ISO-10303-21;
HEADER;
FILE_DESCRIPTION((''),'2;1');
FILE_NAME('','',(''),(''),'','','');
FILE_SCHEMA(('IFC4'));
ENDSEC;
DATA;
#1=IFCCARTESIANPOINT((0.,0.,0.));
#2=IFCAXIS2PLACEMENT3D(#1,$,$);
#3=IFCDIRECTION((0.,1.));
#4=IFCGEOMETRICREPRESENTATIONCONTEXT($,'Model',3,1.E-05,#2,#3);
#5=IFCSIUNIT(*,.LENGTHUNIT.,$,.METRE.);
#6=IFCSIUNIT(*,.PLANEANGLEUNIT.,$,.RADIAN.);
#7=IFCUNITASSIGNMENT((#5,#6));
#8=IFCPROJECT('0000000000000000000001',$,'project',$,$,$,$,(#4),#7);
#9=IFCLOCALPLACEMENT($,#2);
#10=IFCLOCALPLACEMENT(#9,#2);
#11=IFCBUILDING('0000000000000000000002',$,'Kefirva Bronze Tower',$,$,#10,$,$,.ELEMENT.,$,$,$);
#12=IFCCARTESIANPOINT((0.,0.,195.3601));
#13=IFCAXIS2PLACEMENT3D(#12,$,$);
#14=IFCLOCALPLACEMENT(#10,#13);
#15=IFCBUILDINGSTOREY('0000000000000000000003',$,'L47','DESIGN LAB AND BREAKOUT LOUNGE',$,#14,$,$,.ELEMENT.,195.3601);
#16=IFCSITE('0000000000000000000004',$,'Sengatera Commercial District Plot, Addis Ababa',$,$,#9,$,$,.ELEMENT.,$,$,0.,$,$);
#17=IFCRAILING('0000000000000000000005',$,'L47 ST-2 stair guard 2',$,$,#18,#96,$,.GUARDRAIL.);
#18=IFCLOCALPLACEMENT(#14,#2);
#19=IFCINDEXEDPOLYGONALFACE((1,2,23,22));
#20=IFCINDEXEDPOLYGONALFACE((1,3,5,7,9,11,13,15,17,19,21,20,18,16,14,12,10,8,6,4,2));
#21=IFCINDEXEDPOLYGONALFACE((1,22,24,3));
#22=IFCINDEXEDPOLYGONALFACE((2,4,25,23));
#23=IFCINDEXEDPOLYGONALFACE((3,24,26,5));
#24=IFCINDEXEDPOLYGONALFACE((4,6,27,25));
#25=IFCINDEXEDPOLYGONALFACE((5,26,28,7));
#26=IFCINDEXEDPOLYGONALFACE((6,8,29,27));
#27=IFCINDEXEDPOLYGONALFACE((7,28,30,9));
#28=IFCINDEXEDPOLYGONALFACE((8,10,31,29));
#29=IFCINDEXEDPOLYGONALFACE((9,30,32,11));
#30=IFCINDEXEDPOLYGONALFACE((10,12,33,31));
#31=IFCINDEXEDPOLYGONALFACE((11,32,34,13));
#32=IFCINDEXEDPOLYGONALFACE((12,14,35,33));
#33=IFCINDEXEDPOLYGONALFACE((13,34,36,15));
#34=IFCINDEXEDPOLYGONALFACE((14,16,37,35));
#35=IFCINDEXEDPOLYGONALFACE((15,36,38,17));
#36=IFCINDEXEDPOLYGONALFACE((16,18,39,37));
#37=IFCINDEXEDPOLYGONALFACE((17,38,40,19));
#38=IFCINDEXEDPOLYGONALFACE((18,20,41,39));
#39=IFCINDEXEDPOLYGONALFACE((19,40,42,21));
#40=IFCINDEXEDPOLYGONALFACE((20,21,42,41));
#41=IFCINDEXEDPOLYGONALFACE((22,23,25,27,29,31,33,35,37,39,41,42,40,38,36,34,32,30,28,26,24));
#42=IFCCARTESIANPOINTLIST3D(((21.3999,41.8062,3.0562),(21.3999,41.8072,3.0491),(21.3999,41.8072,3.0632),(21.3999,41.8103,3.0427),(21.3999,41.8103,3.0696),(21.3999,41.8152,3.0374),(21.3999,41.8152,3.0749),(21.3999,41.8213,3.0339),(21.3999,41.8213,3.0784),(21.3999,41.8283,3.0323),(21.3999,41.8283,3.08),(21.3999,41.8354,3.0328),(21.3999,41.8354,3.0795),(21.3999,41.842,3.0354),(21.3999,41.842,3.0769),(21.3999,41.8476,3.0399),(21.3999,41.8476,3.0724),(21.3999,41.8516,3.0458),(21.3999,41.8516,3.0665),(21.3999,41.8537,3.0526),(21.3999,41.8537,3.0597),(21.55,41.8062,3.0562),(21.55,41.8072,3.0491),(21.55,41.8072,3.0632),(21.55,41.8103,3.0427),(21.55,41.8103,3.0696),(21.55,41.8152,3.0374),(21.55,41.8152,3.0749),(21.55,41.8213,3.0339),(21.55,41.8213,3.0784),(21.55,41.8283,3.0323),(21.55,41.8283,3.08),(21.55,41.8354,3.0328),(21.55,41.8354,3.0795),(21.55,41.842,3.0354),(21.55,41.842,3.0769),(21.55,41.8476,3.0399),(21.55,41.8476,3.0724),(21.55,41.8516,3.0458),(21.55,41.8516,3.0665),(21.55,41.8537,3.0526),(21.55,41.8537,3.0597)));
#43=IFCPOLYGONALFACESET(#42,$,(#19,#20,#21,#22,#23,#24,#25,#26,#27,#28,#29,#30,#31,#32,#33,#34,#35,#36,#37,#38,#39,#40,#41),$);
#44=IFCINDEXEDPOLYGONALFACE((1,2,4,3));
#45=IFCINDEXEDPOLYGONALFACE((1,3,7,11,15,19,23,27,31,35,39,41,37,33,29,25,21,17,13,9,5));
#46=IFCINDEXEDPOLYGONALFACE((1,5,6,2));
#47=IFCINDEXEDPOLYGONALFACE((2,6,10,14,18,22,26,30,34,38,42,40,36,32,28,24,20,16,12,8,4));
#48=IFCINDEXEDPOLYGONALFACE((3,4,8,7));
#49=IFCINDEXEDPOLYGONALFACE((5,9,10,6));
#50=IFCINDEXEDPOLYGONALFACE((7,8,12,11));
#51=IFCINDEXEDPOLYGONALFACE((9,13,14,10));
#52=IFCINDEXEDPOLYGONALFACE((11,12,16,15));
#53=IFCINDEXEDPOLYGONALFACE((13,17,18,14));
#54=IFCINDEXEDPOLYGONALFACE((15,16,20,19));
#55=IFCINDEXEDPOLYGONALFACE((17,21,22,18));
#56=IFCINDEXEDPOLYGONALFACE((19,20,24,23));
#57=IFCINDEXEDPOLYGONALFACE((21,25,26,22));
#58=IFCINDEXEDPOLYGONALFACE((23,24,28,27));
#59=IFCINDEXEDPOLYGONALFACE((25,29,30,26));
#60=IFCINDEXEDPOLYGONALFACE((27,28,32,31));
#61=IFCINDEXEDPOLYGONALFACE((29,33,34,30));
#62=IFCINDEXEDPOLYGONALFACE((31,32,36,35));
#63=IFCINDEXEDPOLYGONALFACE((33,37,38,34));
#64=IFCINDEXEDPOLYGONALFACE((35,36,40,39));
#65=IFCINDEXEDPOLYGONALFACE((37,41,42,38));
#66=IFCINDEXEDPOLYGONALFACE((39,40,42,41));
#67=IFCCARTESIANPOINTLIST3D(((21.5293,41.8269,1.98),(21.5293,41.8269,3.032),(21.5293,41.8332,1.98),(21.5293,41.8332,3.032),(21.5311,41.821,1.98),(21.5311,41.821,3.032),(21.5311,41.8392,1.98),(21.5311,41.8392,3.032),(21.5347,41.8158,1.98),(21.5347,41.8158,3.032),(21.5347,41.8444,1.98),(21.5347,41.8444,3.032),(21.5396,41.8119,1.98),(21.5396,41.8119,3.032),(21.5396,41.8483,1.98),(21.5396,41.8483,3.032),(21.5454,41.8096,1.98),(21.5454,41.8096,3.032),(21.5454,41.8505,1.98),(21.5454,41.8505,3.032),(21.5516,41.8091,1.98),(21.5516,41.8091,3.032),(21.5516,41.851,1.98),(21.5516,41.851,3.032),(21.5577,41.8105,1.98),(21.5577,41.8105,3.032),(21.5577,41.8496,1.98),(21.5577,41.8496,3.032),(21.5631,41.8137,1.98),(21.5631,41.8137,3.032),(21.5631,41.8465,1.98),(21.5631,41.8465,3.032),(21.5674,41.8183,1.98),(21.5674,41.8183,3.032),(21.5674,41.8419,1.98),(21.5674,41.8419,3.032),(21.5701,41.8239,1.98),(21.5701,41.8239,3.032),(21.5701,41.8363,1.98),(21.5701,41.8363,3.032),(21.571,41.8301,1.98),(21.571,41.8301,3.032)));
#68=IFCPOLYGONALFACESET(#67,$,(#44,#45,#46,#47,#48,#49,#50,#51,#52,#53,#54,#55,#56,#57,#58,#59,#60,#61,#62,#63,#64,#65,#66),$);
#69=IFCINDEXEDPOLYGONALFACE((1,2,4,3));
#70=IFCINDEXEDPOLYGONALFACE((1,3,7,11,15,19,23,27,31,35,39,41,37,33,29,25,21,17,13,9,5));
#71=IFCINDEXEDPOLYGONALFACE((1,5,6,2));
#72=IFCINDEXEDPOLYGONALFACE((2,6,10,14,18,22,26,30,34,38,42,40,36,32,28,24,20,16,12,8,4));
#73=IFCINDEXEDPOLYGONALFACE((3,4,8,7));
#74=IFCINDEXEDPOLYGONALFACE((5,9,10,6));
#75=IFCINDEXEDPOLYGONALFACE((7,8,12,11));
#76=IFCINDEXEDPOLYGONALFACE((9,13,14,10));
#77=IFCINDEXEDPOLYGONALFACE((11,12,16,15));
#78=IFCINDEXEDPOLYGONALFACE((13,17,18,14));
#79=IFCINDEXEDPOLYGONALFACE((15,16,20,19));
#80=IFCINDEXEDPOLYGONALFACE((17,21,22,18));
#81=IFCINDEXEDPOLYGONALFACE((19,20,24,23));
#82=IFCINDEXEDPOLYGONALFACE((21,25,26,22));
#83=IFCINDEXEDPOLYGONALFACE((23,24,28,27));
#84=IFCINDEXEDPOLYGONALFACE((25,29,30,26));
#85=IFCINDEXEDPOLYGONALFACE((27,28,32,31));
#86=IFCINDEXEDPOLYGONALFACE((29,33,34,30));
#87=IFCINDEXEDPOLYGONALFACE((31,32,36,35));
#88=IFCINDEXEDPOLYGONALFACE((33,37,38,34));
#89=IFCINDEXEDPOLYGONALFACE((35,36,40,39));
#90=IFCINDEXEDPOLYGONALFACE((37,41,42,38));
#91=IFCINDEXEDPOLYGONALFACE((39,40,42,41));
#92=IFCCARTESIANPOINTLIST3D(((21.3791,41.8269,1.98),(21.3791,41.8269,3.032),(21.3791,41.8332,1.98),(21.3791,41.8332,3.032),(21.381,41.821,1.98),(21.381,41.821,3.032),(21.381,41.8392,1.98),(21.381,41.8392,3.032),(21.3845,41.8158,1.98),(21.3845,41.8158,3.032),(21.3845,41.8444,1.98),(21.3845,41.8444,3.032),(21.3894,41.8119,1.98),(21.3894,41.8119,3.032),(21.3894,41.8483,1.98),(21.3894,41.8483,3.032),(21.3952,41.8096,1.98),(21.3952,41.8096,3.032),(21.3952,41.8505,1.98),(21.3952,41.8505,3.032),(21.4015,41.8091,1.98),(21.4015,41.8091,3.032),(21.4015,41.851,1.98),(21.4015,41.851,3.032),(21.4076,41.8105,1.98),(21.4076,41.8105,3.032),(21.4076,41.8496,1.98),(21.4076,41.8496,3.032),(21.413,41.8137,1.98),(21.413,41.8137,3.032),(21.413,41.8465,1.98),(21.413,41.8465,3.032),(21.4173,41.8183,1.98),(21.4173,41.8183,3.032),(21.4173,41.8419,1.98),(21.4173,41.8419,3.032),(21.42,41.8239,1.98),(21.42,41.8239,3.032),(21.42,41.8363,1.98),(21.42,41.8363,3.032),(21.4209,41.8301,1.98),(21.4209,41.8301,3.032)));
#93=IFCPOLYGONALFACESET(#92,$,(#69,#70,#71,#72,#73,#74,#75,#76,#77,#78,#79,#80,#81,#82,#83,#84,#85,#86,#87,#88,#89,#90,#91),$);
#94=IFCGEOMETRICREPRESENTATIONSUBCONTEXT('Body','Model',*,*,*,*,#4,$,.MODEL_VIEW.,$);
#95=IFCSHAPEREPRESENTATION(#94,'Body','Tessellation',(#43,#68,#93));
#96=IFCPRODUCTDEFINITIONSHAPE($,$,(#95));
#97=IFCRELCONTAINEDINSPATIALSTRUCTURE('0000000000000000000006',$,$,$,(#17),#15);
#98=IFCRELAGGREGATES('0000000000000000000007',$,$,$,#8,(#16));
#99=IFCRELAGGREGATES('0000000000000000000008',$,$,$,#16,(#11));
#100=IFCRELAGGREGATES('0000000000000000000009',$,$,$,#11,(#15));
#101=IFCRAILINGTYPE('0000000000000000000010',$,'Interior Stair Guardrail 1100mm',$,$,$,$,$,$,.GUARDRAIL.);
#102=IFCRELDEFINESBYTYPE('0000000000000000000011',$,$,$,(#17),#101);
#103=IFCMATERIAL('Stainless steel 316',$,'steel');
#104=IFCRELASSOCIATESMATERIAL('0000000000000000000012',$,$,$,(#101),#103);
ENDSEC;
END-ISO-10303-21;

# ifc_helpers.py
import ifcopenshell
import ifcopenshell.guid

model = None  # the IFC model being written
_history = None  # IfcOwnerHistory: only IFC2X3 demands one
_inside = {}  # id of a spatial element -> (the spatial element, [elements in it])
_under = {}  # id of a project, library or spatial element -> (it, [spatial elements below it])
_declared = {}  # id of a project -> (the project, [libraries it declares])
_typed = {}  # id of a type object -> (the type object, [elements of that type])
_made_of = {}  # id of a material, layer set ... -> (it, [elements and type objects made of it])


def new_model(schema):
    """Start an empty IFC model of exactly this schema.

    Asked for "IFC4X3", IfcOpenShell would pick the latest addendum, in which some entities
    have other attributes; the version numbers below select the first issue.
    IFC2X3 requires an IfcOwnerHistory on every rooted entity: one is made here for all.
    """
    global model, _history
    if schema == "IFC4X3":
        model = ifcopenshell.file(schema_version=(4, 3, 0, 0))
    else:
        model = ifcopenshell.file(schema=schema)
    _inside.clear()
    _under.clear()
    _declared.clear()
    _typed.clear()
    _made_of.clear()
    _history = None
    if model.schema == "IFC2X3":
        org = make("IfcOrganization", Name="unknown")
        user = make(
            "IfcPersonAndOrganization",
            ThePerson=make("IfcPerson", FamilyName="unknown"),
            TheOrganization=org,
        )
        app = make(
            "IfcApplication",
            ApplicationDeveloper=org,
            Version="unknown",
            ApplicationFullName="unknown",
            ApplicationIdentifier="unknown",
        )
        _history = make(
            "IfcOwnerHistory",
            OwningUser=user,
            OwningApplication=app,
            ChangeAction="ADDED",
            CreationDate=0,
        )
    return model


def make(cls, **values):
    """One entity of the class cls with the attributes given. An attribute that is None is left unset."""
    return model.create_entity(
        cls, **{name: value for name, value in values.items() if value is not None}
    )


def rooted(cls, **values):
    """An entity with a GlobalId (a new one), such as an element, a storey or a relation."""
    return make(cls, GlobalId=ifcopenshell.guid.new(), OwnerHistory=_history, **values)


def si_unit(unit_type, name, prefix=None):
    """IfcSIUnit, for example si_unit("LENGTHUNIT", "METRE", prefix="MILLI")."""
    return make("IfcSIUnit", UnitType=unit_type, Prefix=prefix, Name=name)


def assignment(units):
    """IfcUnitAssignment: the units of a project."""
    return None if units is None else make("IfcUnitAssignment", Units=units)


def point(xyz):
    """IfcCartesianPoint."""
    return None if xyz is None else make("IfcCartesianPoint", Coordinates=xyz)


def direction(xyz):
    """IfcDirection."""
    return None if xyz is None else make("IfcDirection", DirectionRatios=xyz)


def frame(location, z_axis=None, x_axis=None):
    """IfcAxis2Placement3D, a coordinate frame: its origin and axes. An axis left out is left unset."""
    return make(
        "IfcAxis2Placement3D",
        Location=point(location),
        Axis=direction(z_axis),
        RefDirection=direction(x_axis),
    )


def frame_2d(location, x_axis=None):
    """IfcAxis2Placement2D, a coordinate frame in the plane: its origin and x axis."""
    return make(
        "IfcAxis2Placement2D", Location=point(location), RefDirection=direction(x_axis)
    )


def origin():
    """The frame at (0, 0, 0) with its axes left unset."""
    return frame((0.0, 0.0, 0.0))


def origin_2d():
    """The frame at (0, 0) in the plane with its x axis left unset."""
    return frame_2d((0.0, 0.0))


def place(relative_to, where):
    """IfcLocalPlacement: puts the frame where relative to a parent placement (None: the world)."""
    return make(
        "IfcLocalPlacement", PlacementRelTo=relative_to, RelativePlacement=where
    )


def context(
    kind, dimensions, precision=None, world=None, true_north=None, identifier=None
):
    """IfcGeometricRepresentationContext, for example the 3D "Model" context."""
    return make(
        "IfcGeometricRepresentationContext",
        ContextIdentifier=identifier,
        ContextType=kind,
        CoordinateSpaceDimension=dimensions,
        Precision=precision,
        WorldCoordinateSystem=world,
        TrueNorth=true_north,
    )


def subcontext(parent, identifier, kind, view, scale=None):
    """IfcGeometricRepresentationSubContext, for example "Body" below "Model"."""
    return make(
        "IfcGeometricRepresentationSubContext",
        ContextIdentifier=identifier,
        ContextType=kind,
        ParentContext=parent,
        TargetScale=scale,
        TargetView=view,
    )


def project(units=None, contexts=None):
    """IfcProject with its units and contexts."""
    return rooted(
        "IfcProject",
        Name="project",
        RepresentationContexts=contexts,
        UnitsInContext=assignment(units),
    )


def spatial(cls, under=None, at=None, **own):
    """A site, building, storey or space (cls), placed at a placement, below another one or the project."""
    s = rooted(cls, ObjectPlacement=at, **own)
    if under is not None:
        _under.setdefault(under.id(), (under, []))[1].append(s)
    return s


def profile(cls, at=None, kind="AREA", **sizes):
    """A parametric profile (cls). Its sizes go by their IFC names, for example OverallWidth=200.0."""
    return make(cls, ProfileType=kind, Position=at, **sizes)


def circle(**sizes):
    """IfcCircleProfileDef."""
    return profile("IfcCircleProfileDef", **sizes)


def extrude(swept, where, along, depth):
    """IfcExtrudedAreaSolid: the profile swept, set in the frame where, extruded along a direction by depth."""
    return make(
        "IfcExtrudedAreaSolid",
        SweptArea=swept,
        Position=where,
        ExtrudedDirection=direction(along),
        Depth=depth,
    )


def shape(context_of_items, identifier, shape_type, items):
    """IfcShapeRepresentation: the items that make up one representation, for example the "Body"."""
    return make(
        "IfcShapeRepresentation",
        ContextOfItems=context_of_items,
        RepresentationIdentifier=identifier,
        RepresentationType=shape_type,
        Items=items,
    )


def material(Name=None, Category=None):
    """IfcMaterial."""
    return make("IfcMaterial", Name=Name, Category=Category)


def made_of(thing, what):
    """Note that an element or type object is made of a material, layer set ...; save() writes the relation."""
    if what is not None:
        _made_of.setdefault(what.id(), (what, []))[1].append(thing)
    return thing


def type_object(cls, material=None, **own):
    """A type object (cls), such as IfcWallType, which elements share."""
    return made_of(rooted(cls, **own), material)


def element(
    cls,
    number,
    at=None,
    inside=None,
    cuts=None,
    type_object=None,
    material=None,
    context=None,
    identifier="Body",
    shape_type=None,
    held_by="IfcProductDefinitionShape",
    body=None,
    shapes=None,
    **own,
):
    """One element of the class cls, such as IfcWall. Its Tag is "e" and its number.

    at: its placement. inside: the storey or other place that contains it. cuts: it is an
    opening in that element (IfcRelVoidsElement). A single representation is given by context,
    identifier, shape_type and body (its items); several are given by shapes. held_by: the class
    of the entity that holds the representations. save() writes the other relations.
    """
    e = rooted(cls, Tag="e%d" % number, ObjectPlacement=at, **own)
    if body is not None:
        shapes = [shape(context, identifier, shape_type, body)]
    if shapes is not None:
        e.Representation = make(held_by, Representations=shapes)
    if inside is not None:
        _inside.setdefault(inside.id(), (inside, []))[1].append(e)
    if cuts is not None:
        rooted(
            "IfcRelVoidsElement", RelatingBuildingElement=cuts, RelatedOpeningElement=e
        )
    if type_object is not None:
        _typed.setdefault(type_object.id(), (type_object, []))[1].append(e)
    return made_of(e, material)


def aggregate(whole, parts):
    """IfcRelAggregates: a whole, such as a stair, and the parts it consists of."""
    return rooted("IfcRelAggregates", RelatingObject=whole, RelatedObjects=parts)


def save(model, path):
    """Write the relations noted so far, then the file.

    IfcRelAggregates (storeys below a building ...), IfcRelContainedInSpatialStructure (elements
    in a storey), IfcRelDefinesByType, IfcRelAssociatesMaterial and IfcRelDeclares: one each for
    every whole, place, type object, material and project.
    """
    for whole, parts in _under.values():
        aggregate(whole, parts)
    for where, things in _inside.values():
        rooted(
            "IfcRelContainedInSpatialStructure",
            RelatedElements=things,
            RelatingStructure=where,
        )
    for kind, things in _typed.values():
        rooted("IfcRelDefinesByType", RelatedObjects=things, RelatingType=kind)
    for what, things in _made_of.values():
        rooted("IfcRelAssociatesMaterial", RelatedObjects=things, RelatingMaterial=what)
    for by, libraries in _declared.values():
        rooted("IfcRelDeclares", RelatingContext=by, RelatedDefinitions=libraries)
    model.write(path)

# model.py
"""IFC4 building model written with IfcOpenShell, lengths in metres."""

from ifc_helpers import new_model, si_unit, direction, frame, origin, origin_2d, place, context, subcontext, project, spatial, circle, extrude, material, type_object, element, save


model = new_model("IFC4")

# Units and contexts
model_context = context("Model", 3, precision=1e-05, world=origin(), true_north=direction((0.0, 1.0)))
body_context = subcontext(model_context, "Body", "Model", "MODEL_VIEW")
ifc_project = project(units=[si_unit("LENGTHUNIT", "METRE"), si_unit("PLANEANGLEUNIT", "RADIAN")], contexts=[model_context])

# Site, building, storey
site_placement = place(None, origin())
site = spatial("IfcSite", under=ifc_project, at=site_placement, Name="Sengatera Commercial District Plot, Addis Ababa", CompositionType="ELEMENT", RefElevation=0.0)
building_placement = place(site_placement, origin())
building = spatial("IfcBuilding", under=site, at=building_placement, Name="Kefirva Bronze Tower", CompositionType="ELEMENT")
storey_placement = place(building_placement, frame((0.0, 0.0, 195.3601)))
storey = spatial("IfcBuildingStorey", under=building, at=storey_placement, Name="L47", Description="DESIGN LAB AND BREAKOUT LOUNGE", CompositionType="ELEMENT", Elevation=195.3601)

# Railing
ifc_material_1 = material(Name="Stainless steel 316", Category="steel")
railing_type_1 = type_object("IfcRailingType", Name="Interior Stair Guardrail 1100mm", PredefinedType="GUARDRAIL", material=ifc_material_1)
railing_1_placement = place(storey_placement, frame((21.55, 41.8301, 1.98)))
element("IfcRailing", 1, at=railing_1_placement, inside=storey, type_object=railing_type_1, Name="L47 ST-2 stair guard 2", PredefinedType="GUARDRAIL", context=body_context, shape_type="SweptSolid", body=[
    extrude(circle(Radius=0.0239, at=origin_2d()), frame((0.0, 0.0, 1.0762), z_axis=(-1.0, 0.0, 0.0), x_axis=(0.0, -1.0, 0.0)), (0.0, 0.0, 1.0), 0.1501),
    extrude(circle(Radius=0.021, at=origin_2d()), origin(), (0.0, 0.0, 1.0), 1.052),
    extrude(circle(Radius=0.021, at=origin_2d()), frame((-0.1501, 0.0, 0.0)), (0.0, 0.0, 1.0), 1.052),
])

save(model, "model.ifc")
